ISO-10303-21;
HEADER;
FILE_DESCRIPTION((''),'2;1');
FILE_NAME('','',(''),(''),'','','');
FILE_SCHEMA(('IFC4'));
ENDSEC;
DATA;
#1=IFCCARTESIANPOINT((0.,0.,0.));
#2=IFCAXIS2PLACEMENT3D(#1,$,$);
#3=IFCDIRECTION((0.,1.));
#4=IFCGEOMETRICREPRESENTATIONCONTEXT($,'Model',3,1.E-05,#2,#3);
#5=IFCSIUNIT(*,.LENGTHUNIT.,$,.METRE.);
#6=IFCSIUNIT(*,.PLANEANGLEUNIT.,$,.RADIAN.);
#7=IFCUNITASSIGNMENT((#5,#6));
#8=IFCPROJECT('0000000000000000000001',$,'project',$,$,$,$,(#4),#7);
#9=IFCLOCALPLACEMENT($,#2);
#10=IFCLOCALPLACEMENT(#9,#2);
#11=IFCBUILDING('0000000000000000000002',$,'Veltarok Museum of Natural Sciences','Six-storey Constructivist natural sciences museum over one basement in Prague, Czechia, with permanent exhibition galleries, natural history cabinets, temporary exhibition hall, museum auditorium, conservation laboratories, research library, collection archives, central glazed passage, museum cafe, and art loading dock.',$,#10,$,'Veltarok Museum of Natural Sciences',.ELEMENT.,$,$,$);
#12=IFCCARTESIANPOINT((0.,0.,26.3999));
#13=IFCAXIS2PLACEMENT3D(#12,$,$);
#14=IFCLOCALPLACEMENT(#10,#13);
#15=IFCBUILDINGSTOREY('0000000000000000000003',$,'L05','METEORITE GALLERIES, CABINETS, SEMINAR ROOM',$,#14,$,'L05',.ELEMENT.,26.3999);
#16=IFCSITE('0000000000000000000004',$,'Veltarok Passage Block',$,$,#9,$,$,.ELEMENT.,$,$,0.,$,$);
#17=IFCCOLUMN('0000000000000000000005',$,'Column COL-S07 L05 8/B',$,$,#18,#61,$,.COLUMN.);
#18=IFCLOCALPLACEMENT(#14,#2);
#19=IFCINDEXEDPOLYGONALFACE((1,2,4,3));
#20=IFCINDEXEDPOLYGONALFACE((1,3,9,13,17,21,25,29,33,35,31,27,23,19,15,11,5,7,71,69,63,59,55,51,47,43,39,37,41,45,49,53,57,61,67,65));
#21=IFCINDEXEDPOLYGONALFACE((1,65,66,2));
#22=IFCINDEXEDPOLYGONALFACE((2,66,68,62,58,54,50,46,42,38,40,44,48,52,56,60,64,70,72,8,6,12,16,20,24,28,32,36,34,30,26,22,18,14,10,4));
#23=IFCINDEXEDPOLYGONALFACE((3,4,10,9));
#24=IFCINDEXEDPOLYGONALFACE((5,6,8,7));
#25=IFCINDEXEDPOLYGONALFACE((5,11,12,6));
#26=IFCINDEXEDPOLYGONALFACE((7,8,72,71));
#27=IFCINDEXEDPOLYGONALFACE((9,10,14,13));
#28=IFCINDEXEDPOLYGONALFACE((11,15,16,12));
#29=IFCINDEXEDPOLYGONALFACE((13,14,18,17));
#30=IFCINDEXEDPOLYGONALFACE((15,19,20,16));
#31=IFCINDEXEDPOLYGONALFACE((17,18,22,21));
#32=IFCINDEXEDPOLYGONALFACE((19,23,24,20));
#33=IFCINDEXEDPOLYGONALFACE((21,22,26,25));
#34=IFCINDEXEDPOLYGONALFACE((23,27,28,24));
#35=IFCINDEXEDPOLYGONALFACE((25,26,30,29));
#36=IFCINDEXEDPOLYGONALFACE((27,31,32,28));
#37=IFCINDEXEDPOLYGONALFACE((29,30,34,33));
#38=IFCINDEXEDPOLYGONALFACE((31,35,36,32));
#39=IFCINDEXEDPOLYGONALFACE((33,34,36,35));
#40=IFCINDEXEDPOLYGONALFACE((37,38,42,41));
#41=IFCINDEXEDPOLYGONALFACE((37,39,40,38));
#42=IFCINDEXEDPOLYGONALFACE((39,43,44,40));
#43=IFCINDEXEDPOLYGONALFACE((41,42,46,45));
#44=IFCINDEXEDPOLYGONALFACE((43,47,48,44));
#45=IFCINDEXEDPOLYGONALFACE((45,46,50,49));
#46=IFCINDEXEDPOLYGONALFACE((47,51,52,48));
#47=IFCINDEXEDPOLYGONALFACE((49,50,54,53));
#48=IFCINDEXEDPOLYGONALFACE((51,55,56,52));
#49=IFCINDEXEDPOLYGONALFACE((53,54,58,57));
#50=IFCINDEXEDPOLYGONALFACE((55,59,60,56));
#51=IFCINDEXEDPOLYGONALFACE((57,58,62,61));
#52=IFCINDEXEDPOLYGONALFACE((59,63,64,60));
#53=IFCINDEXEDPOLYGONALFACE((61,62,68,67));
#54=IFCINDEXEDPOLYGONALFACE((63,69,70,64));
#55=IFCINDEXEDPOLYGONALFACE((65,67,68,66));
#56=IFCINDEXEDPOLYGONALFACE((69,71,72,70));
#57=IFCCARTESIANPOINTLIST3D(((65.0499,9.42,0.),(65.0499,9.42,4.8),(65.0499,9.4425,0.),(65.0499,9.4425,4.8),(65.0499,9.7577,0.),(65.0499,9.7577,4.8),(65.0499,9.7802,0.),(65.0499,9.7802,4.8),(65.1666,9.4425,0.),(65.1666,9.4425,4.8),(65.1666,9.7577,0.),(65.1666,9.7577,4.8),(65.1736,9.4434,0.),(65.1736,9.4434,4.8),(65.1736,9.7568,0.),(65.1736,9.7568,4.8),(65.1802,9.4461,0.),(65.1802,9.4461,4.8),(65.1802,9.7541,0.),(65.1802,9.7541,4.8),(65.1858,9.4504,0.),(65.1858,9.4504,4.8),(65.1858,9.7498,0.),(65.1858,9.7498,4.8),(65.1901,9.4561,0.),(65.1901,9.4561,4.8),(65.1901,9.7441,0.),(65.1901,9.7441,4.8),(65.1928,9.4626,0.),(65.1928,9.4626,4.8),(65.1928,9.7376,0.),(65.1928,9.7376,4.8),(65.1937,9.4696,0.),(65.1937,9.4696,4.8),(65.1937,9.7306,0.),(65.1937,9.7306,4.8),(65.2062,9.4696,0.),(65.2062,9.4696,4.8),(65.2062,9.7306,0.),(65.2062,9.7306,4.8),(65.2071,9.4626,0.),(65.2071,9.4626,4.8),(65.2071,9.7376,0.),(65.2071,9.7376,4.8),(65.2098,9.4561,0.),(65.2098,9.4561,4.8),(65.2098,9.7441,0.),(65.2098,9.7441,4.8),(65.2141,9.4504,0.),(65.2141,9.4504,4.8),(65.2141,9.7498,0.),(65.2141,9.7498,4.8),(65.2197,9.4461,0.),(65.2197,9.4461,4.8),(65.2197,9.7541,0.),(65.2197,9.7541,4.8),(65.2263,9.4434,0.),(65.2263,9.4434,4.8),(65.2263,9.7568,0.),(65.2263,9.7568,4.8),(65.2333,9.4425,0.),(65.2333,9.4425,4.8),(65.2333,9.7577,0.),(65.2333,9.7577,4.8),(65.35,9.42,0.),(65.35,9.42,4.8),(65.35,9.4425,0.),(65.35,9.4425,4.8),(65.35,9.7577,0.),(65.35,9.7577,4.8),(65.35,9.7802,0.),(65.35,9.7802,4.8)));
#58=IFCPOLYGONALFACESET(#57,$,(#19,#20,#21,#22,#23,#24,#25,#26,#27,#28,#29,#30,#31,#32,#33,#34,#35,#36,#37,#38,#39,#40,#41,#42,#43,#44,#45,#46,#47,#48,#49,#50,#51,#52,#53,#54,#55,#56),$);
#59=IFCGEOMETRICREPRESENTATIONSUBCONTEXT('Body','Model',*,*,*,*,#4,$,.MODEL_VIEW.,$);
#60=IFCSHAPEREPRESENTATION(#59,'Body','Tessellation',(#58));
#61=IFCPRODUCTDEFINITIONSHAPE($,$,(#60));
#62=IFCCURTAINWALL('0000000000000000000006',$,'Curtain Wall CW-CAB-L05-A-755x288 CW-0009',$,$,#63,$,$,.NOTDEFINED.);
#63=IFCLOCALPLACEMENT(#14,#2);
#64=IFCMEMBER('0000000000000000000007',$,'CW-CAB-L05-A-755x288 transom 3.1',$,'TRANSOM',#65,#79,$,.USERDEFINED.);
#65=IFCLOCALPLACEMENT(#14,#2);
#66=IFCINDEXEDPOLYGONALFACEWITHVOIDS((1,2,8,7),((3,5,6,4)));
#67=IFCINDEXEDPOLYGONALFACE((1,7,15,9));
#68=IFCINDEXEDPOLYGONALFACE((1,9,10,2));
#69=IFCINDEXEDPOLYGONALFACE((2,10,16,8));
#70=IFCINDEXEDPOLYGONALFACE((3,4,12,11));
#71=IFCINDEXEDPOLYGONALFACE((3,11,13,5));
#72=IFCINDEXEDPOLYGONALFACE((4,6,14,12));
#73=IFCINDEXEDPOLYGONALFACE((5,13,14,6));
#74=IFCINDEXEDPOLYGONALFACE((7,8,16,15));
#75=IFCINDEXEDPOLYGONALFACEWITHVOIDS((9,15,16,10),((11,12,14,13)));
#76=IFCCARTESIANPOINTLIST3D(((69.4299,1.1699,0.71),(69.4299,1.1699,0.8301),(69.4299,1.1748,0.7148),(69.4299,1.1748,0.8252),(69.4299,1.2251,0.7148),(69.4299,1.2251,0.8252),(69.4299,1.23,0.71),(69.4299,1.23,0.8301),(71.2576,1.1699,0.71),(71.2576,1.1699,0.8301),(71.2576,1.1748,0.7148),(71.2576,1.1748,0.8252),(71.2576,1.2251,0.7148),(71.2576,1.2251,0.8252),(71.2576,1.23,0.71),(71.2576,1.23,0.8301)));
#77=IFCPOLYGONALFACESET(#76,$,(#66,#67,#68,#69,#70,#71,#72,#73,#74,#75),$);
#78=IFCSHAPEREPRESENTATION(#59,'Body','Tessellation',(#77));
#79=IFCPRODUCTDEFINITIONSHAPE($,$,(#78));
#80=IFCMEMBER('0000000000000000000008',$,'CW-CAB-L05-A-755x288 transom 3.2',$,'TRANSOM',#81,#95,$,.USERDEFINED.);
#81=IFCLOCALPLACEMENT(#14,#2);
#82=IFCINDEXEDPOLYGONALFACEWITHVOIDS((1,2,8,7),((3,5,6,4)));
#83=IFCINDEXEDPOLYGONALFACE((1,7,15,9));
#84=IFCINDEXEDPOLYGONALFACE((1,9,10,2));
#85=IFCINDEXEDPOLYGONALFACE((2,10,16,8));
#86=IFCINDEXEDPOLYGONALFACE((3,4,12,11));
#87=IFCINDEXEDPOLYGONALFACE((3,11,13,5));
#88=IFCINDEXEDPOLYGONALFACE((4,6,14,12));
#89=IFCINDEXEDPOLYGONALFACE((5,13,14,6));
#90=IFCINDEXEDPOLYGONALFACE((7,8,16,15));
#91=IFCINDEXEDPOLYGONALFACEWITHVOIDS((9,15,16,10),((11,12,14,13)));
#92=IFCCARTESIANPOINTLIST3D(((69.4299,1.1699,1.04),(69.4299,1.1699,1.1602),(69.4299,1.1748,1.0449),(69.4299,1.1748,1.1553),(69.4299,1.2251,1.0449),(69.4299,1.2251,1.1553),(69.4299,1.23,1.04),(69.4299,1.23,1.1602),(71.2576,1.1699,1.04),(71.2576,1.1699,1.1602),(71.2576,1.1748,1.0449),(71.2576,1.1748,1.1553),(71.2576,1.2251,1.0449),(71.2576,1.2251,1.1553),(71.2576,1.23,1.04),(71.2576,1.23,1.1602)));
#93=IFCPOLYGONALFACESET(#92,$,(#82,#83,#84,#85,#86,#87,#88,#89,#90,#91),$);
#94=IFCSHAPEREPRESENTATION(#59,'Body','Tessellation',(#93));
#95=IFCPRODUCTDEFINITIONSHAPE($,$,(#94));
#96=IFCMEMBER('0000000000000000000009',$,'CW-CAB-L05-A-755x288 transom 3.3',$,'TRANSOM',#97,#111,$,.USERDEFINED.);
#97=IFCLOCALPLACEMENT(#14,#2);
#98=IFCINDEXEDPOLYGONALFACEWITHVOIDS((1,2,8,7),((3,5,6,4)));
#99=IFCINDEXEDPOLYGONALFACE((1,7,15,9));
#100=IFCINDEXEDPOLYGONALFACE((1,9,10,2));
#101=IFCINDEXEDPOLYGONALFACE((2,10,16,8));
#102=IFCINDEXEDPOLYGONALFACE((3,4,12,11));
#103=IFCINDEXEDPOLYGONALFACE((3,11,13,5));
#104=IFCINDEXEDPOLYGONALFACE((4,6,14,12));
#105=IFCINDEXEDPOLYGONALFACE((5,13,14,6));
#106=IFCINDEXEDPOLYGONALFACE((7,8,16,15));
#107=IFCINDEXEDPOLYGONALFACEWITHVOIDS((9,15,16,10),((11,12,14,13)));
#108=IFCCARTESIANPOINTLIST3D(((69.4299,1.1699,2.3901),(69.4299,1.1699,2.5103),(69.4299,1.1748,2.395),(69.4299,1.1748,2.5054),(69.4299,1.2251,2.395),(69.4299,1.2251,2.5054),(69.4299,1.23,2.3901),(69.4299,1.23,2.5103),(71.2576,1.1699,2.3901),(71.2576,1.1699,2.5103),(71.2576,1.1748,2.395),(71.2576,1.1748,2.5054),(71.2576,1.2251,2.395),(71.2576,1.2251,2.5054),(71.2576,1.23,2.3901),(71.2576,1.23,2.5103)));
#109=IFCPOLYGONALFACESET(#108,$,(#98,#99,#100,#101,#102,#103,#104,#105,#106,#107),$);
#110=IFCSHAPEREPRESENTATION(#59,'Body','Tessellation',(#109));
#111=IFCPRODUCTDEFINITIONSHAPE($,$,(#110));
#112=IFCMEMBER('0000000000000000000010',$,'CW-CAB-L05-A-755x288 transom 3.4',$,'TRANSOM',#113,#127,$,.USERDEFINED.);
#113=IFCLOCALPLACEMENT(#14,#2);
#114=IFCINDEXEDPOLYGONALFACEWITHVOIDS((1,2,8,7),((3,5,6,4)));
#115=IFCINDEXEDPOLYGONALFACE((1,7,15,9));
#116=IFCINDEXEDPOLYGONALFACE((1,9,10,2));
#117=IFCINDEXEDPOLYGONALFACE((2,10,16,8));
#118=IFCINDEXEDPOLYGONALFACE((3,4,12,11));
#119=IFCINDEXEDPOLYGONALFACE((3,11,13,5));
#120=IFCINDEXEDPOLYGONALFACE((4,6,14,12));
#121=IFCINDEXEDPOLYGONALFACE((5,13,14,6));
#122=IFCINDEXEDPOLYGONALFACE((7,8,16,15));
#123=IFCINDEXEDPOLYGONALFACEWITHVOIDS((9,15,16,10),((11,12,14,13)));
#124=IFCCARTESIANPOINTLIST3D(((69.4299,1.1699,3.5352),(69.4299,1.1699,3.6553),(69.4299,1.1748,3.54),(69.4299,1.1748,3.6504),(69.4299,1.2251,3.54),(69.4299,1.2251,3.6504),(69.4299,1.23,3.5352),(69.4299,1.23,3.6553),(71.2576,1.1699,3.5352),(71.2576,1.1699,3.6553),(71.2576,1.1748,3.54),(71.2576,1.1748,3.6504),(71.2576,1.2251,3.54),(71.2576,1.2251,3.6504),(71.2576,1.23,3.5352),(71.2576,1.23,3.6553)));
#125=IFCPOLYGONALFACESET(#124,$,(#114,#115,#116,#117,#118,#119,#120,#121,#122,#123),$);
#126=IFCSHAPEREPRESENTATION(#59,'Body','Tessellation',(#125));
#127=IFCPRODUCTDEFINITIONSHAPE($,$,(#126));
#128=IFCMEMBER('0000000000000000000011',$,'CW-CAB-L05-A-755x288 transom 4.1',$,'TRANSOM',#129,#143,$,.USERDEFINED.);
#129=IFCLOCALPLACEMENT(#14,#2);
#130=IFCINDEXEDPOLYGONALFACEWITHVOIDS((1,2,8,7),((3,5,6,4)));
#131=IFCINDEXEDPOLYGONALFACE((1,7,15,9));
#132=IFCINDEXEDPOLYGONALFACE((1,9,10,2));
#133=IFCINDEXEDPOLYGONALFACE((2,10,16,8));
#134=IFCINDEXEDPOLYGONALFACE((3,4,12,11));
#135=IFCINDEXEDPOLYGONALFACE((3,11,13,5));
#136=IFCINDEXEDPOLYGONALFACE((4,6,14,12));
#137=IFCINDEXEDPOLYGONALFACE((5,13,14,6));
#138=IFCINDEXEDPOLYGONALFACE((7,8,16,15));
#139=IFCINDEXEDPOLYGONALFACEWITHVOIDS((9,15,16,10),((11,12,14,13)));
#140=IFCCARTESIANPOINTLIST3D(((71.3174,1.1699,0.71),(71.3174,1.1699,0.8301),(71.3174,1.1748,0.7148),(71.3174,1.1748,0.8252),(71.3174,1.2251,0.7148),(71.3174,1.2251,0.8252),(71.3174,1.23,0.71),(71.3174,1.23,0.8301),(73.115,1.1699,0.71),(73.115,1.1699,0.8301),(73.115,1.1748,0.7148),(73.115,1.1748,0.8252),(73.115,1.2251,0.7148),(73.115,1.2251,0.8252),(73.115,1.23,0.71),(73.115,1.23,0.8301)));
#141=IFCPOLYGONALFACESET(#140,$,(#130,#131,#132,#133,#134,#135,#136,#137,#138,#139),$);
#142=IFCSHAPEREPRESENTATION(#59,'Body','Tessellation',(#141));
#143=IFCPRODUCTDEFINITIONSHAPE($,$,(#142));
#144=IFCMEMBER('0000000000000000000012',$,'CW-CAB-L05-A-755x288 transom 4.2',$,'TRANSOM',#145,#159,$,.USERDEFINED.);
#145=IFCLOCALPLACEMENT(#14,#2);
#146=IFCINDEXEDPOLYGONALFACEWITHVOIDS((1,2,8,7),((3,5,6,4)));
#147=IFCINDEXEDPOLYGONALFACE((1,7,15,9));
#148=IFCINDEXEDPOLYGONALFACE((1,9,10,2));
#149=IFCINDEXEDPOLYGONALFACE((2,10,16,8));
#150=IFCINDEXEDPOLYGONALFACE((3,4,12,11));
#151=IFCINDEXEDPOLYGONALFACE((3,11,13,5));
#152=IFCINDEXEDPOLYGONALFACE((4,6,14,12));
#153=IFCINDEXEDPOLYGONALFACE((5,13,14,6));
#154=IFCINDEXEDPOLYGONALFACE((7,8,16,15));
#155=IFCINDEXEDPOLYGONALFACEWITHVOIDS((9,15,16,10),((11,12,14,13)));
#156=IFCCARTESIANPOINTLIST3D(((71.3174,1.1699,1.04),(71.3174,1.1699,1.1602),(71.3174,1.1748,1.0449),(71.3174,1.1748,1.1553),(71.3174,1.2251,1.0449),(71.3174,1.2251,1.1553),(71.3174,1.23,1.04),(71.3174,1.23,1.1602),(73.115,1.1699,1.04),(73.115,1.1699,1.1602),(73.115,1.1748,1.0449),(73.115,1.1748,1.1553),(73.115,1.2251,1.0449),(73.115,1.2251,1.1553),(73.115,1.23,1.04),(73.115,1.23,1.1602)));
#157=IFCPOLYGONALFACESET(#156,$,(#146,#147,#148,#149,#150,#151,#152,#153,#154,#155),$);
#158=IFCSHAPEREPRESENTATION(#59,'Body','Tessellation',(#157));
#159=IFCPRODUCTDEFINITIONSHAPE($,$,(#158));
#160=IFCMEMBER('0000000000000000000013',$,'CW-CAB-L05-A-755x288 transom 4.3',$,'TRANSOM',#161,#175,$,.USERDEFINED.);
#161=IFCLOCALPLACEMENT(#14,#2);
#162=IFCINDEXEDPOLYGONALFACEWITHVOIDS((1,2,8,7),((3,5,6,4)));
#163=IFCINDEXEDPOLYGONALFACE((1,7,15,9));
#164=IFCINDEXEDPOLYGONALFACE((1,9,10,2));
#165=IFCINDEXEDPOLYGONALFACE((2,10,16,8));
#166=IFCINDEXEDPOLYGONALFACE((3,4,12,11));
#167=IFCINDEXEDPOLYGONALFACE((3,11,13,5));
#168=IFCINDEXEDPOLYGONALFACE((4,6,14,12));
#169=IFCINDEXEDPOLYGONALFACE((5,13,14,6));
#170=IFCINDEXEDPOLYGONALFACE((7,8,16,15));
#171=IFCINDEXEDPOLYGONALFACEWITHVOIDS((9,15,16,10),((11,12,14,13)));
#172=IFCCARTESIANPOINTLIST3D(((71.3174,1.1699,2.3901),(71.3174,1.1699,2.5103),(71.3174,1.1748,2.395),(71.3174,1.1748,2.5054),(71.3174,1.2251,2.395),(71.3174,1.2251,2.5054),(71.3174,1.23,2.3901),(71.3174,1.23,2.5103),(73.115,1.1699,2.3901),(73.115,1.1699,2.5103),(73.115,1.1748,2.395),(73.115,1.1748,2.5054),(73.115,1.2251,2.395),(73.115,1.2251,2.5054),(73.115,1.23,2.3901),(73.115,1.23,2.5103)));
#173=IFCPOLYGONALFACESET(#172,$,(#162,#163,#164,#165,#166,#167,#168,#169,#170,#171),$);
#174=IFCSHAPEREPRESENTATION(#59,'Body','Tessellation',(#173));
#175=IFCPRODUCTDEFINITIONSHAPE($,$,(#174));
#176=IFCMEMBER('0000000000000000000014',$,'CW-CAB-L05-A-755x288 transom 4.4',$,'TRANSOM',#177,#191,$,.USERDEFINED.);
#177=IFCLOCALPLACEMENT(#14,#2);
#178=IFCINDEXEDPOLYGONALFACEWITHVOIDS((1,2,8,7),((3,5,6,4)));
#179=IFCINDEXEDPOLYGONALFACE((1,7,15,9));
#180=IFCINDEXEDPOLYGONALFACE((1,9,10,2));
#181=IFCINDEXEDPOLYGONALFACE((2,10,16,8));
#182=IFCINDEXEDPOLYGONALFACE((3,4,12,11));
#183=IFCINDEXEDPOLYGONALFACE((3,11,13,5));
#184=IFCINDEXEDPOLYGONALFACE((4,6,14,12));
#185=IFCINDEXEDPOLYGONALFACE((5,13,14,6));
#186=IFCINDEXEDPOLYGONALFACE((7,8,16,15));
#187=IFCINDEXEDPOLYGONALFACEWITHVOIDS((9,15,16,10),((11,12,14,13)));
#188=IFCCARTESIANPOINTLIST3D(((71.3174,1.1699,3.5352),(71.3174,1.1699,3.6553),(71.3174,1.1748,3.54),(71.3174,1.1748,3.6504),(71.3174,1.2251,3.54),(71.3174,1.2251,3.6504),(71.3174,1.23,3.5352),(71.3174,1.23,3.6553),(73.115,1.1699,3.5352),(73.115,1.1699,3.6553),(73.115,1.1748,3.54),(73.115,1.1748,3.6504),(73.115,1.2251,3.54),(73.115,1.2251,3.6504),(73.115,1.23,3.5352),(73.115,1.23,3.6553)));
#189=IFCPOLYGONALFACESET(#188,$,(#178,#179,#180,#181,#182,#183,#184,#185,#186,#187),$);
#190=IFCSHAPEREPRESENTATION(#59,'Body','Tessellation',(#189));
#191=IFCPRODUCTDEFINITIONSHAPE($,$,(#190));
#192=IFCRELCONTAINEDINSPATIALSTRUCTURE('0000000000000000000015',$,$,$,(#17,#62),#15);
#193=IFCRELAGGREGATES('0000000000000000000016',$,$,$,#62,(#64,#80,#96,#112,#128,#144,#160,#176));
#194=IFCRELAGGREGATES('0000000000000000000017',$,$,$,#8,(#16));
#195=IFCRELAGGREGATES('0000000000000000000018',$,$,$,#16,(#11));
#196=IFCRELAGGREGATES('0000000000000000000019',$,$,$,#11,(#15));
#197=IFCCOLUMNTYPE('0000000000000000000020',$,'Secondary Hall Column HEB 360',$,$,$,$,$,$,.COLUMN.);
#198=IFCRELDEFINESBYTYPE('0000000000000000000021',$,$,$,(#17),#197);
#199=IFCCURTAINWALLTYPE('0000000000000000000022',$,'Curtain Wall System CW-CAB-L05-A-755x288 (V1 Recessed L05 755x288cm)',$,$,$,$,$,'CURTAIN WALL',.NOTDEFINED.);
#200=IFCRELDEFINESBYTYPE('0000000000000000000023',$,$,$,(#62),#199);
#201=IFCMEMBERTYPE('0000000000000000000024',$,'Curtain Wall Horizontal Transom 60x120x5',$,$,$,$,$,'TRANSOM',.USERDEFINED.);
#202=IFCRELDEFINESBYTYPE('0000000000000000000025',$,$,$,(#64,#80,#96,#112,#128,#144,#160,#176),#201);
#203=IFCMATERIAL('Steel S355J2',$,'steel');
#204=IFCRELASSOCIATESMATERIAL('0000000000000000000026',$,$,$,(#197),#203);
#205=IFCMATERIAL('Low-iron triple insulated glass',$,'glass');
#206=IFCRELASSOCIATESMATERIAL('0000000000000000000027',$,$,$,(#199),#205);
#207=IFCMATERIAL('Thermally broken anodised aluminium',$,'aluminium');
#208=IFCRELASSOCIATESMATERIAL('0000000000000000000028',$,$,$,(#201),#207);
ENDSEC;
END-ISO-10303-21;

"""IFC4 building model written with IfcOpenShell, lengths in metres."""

from ifc_helpers import new_model, si_unit, direction, frame, origin, origin_2d, place, context, subcontext, project, spatial, hollow_rectangle, i_section, extrude, material, material_profile, profile_set, type_object, element, aggregate, save


model = new_model("IFC4")

# Units and contexts
model_context = context("Model", 3, precision=1e-05, world=origin(), true_north=direction((0.0, 1.0)))
body_context = subcontext(model_context, "Body", "Model", "MODEL_VIEW")
ifc_project = project(units=[si_unit("LENGTHUNIT", "METRE"), si_unit("PLANEANGLEUNIT", "RADIAN")], contexts=[model_context])

# Site, building, storey
site_placement = place(None, origin())
site = spatial("IfcSite", under=ifc_project, at=site_placement, Name="Veltarok Passage Block", CompositionType="ELEMENT", RefElevation=0.0)
building_placement = place(site_placement, origin())
building = spatial("IfcBuilding", under=site, at=building_placement, Name="Veltarok Museum of Natural Sciences", Description="Six-storey Constructivist natural sciences museum over one basement in Prague, Czechia, with permanent exhibition galleries, natural history cabinets, temporary exhibition hall, museum auditorium, conservation laboratories, research library, collection archives, central glazed passage, museum cafe, and art loading dock.", LongName="Veltarok Museum of Natural Sciences", CompositionType="ELEMENT")
storey_placement = place(building_placement, frame((0.0, 0.0, 26.3999)))
storey = spatial("IfcBuildingStorey", under=building, at=storey_placement, Name="L05", Description="METEORITE GALLERIES, CABINETS, SEMINAR ROOM", LongName="L05", CompositionType="ELEMENT", Elevation=26.3999)

# Column
ifc_material_1 = material(Name="Steel S355J2", Category="steel")
ifc_material_profile_1 = material_profile(ifc_material_1, i_section(OverallWidth=0.3, OverallDepth=0.3601, WebThickness=0.0125, FlangeThickness=0.0225, FilletRadius=0.0271, at=origin_2d()), Name="HEB 360")
ifc_profile_set_1 = profile_set([ifc_material_profile_1], Name="Steel S355J2")
column_type = type_object("IfcColumnType", Name="Secondary Hall Column HEB 360", PredefinedType="COLUMN", material=ifc_profile_set_1)
column_placement = place(storey_placement, frame((65.2, 9.6001, 0.0), z_axis=(0.0, 0.0, 1.0), x_axis=(1.0, 0.0, 0.0)))
element("IfcColumn", 1, at=column_placement, inside=storey, type_object=column_type, Name="Column COL-S07 L05 8/B", PredefinedType="COLUMN", context=body_context, shape_type="SweptSolid", body=[
    extrude(i_section(OverallWidth=0.3, OverallDepth=0.3601, WebThickness=0.0125, FlangeThickness=0.0225, FilletRadius=0.0271, at=origin_2d()), origin(), (0.0, 0.0, 1.0), 4.8),
])

# Curtain wall, members
ifc_material_2 = material(Name="Low-iron triple insulated glass", Category="glass")
curtain_wall_type = type_object("IfcCurtainWallType", Name="Curtain Wall System CW-CAB-L05-A-755x288 (V1 Recessed L05 755x288cm)", ElementType="CURTAIN WALL", PredefinedType="NOTDEFINED", material=ifc_material_2)
curtain_wall_placement = place(storey_placement, origin())
curtain_wall = element("IfcCurtainWall", 2, at=curtain_wall_placement, inside=storey, type_object=curtain_wall_type, Name="Curtain Wall CW-CAB-L05-A-755x288 CW-0009", PredefinedType="NOTDEFINED")
ifc_material_3 = material(Name="Thermally broken anodised aluminium", Category="aluminium")
ifc_material_profile_2 = material_profile(ifc_material_3, hollow_rectangle(XDim=0.0601, YDim=0.1201, WallThickness=0.0049, at=origin_2d()), Name="CW TRANSOM 60x120x5")
ifc_profile_set_2 = profile_set([ifc_material_profile_2], Name="Thermally broken anodised aluminium")
member_type_1 = type_object("IfcMemberType", Name="Curtain Wall Horizontal Transom 60x120x5", ElementType="TRANSOM", PredefinedType="USERDEFINED", material=ifc_profile_set_2)
member_1_placement = place(storey_placement, frame((69.4299, 1.2, 0.77), z_axis=(1.0, 0.0, 0.0), x_axis=(0.0, 1.0, 0.0)))
member_1 = element("IfcMember", 3, at=member_1_placement, type_object=member_type_1, Name="CW-CAB-L05-A-755x288 transom 3.1", ObjectType="TRANSOM", PredefinedType="USERDEFINED", context=body_context, shape_type="SweptSolid", body=[
    extrude(hollow_rectangle(XDim=0.0601, YDim=0.1201, WallThickness=0.0049, at=origin_2d()), origin(), (0.0, 0.0, 1.0), 1.8276),
])
member_2_placement = place(storey_placement, frame((69.4299, 1.2, 1.1001), z_axis=(1.0, 0.0, 0.0), x_axis=(0.0, 1.0, 0.0)))
member_2 = element("IfcMember", 4, at=member_2_placement, type_object=member_type_1, Name="CW-CAB-L05-A-755x288 transom 3.2", ObjectType="TRANSOM", PredefinedType="USERDEFINED", context=body_context, shape_type="SweptSolid", body=[
    extrude(hollow_rectangle(XDim=0.0601, YDim=0.1201, WallThickness=0.0049, at=origin_2d()), origin(), (0.0, 0.0, 1.0), 1.8276),
])
member_3_placement = place(storey_placement, frame((69.4299, 1.2, 2.4502), z_axis=(1.0, 0.0, 0.0), x_axis=(0.0, 1.0, 0.0)))
member_3 = element("IfcMember", 5, at=member_3_placement, type_object=member_type_1, Name="CW-CAB-L05-A-755x288 transom 3.3", ObjectType="TRANSOM", PredefinedType="USERDEFINED", context=body_context, shape_type="SweptSolid", body=[
    extrude(hollow_rectangle(XDim=0.0601, YDim=0.1201, WallThickness=0.0049, at=origin_2d()), origin(), (0.0, 0.0, 1.0), 1.8276),
])
member_4_placement = place(storey_placement, frame((69.4299, 1.2, 3.5952), z_axis=(1.0, 0.0, 0.0), x_axis=(0.0, 1.0, 0.0)))
member_4 = element("IfcMember", 6, at=member_4_placement, type_object=member_type_1, Name="CW-CAB-L05-A-755x288 transom 3.4", ObjectType="TRANSOM", PredefinedType="USERDEFINED", context=body_context, shape_type="SweptSolid", body=[
    extrude(hollow_rectangle(XDim=0.0601, YDim=0.1201, WallThickness=0.0049, at=origin_2d()), origin(), (0.0, 0.0, 1.0), 1.8276),
])
member_5_placement = place(storey_placement, frame((71.3174, 1.2, 0.77), z_axis=(1.0, 0.0, 0.0), x_axis=(0.0, 1.0, 0.0)))
member_5 = element("IfcMember", 7, at=member_5_placement, type_object=member_type_1, Name="CW-CAB-L05-A-755x288 transom 4.1", ObjectType="TRANSOM", PredefinedType="USERDEFINED", context=body_context, shape_type="SweptSolid", body=[
    extrude(hollow_rectangle(XDim=0.0601, YDim=0.1201, WallThickness=0.0049, at=origin_2d()), origin(), (0.0, 0.0, 1.0), 1.7976),
])
member_6_placement = place(storey_placement, frame((71.3174, 1.2, 1.1001), z_axis=(1.0, 0.0, 0.0), x_axis=(0.0, 1.0, 0.0)))
member_6 = element("IfcMember", 8, at=member_6_placement, type_object=member_type_1, Name="CW-CAB-L05-A-755x288 transom 4.2", ObjectType="TRANSOM", PredefinedType="USERDEFINED", context=body_context, shape_type="SweptSolid", body=[
    extrude(hollow_rectangle(XDim=0.0601, YDim=0.1201, WallThickness=0.0049, at=origin_2d()), origin(), (0.0, 0.0, 1.0), 1.7976),
])
member_7_placement = place(storey_placement, frame((71.3174, 1.2, 2.4502), z_axis=(1.0, 0.0, 0.0), x_axis=(0.0, 1.0, 0.0)))
member_7 = element("IfcMember", 9, at=member_7_placement, type_object=member_type_1, Name="CW-CAB-L05-A-755x288 transom 4.3", ObjectType="TRANSOM", PredefinedType="USERDEFINED", context=body_context, shape_type="SweptSolid", body=[
    extrude(hollow_rectangle(XDim=0.0601, YDim=0.1201, WallThickness=0.0049, at=origin_2d()), origin(), (0.0, 0.0, 1.0), 1.7976),
])
member_8_placement = place(storey_placement, frame((71.3174, 1.2, 3.5952), z_axis=(1.0, 0.0, 0.0), x_axis=(0.0, 1.0, 0.0)))
member_8 = element("IfcMember", 10, at=member_8_placement, type_object=member_type_1, Name="CW-CAB-L05-A-755x288 transom 4.4", ObjectType="TRANSOM", PredefinedType="USERDEFINED", context=body_context, shape_type="SweptSolid", body=[
    extrude(hollow_rectangle(XDim=0.0601, YDim=0.1201, WallThickness=0.0049, at=origin_2d()), origin(), (0.0, 0.0, 1.0), 1.7976),
])

aggregate(curtain_wall, [member_1, member_2, member_3, member_4, member_5, member_6, member_7, member_8])

save(model, "model.ifc")
